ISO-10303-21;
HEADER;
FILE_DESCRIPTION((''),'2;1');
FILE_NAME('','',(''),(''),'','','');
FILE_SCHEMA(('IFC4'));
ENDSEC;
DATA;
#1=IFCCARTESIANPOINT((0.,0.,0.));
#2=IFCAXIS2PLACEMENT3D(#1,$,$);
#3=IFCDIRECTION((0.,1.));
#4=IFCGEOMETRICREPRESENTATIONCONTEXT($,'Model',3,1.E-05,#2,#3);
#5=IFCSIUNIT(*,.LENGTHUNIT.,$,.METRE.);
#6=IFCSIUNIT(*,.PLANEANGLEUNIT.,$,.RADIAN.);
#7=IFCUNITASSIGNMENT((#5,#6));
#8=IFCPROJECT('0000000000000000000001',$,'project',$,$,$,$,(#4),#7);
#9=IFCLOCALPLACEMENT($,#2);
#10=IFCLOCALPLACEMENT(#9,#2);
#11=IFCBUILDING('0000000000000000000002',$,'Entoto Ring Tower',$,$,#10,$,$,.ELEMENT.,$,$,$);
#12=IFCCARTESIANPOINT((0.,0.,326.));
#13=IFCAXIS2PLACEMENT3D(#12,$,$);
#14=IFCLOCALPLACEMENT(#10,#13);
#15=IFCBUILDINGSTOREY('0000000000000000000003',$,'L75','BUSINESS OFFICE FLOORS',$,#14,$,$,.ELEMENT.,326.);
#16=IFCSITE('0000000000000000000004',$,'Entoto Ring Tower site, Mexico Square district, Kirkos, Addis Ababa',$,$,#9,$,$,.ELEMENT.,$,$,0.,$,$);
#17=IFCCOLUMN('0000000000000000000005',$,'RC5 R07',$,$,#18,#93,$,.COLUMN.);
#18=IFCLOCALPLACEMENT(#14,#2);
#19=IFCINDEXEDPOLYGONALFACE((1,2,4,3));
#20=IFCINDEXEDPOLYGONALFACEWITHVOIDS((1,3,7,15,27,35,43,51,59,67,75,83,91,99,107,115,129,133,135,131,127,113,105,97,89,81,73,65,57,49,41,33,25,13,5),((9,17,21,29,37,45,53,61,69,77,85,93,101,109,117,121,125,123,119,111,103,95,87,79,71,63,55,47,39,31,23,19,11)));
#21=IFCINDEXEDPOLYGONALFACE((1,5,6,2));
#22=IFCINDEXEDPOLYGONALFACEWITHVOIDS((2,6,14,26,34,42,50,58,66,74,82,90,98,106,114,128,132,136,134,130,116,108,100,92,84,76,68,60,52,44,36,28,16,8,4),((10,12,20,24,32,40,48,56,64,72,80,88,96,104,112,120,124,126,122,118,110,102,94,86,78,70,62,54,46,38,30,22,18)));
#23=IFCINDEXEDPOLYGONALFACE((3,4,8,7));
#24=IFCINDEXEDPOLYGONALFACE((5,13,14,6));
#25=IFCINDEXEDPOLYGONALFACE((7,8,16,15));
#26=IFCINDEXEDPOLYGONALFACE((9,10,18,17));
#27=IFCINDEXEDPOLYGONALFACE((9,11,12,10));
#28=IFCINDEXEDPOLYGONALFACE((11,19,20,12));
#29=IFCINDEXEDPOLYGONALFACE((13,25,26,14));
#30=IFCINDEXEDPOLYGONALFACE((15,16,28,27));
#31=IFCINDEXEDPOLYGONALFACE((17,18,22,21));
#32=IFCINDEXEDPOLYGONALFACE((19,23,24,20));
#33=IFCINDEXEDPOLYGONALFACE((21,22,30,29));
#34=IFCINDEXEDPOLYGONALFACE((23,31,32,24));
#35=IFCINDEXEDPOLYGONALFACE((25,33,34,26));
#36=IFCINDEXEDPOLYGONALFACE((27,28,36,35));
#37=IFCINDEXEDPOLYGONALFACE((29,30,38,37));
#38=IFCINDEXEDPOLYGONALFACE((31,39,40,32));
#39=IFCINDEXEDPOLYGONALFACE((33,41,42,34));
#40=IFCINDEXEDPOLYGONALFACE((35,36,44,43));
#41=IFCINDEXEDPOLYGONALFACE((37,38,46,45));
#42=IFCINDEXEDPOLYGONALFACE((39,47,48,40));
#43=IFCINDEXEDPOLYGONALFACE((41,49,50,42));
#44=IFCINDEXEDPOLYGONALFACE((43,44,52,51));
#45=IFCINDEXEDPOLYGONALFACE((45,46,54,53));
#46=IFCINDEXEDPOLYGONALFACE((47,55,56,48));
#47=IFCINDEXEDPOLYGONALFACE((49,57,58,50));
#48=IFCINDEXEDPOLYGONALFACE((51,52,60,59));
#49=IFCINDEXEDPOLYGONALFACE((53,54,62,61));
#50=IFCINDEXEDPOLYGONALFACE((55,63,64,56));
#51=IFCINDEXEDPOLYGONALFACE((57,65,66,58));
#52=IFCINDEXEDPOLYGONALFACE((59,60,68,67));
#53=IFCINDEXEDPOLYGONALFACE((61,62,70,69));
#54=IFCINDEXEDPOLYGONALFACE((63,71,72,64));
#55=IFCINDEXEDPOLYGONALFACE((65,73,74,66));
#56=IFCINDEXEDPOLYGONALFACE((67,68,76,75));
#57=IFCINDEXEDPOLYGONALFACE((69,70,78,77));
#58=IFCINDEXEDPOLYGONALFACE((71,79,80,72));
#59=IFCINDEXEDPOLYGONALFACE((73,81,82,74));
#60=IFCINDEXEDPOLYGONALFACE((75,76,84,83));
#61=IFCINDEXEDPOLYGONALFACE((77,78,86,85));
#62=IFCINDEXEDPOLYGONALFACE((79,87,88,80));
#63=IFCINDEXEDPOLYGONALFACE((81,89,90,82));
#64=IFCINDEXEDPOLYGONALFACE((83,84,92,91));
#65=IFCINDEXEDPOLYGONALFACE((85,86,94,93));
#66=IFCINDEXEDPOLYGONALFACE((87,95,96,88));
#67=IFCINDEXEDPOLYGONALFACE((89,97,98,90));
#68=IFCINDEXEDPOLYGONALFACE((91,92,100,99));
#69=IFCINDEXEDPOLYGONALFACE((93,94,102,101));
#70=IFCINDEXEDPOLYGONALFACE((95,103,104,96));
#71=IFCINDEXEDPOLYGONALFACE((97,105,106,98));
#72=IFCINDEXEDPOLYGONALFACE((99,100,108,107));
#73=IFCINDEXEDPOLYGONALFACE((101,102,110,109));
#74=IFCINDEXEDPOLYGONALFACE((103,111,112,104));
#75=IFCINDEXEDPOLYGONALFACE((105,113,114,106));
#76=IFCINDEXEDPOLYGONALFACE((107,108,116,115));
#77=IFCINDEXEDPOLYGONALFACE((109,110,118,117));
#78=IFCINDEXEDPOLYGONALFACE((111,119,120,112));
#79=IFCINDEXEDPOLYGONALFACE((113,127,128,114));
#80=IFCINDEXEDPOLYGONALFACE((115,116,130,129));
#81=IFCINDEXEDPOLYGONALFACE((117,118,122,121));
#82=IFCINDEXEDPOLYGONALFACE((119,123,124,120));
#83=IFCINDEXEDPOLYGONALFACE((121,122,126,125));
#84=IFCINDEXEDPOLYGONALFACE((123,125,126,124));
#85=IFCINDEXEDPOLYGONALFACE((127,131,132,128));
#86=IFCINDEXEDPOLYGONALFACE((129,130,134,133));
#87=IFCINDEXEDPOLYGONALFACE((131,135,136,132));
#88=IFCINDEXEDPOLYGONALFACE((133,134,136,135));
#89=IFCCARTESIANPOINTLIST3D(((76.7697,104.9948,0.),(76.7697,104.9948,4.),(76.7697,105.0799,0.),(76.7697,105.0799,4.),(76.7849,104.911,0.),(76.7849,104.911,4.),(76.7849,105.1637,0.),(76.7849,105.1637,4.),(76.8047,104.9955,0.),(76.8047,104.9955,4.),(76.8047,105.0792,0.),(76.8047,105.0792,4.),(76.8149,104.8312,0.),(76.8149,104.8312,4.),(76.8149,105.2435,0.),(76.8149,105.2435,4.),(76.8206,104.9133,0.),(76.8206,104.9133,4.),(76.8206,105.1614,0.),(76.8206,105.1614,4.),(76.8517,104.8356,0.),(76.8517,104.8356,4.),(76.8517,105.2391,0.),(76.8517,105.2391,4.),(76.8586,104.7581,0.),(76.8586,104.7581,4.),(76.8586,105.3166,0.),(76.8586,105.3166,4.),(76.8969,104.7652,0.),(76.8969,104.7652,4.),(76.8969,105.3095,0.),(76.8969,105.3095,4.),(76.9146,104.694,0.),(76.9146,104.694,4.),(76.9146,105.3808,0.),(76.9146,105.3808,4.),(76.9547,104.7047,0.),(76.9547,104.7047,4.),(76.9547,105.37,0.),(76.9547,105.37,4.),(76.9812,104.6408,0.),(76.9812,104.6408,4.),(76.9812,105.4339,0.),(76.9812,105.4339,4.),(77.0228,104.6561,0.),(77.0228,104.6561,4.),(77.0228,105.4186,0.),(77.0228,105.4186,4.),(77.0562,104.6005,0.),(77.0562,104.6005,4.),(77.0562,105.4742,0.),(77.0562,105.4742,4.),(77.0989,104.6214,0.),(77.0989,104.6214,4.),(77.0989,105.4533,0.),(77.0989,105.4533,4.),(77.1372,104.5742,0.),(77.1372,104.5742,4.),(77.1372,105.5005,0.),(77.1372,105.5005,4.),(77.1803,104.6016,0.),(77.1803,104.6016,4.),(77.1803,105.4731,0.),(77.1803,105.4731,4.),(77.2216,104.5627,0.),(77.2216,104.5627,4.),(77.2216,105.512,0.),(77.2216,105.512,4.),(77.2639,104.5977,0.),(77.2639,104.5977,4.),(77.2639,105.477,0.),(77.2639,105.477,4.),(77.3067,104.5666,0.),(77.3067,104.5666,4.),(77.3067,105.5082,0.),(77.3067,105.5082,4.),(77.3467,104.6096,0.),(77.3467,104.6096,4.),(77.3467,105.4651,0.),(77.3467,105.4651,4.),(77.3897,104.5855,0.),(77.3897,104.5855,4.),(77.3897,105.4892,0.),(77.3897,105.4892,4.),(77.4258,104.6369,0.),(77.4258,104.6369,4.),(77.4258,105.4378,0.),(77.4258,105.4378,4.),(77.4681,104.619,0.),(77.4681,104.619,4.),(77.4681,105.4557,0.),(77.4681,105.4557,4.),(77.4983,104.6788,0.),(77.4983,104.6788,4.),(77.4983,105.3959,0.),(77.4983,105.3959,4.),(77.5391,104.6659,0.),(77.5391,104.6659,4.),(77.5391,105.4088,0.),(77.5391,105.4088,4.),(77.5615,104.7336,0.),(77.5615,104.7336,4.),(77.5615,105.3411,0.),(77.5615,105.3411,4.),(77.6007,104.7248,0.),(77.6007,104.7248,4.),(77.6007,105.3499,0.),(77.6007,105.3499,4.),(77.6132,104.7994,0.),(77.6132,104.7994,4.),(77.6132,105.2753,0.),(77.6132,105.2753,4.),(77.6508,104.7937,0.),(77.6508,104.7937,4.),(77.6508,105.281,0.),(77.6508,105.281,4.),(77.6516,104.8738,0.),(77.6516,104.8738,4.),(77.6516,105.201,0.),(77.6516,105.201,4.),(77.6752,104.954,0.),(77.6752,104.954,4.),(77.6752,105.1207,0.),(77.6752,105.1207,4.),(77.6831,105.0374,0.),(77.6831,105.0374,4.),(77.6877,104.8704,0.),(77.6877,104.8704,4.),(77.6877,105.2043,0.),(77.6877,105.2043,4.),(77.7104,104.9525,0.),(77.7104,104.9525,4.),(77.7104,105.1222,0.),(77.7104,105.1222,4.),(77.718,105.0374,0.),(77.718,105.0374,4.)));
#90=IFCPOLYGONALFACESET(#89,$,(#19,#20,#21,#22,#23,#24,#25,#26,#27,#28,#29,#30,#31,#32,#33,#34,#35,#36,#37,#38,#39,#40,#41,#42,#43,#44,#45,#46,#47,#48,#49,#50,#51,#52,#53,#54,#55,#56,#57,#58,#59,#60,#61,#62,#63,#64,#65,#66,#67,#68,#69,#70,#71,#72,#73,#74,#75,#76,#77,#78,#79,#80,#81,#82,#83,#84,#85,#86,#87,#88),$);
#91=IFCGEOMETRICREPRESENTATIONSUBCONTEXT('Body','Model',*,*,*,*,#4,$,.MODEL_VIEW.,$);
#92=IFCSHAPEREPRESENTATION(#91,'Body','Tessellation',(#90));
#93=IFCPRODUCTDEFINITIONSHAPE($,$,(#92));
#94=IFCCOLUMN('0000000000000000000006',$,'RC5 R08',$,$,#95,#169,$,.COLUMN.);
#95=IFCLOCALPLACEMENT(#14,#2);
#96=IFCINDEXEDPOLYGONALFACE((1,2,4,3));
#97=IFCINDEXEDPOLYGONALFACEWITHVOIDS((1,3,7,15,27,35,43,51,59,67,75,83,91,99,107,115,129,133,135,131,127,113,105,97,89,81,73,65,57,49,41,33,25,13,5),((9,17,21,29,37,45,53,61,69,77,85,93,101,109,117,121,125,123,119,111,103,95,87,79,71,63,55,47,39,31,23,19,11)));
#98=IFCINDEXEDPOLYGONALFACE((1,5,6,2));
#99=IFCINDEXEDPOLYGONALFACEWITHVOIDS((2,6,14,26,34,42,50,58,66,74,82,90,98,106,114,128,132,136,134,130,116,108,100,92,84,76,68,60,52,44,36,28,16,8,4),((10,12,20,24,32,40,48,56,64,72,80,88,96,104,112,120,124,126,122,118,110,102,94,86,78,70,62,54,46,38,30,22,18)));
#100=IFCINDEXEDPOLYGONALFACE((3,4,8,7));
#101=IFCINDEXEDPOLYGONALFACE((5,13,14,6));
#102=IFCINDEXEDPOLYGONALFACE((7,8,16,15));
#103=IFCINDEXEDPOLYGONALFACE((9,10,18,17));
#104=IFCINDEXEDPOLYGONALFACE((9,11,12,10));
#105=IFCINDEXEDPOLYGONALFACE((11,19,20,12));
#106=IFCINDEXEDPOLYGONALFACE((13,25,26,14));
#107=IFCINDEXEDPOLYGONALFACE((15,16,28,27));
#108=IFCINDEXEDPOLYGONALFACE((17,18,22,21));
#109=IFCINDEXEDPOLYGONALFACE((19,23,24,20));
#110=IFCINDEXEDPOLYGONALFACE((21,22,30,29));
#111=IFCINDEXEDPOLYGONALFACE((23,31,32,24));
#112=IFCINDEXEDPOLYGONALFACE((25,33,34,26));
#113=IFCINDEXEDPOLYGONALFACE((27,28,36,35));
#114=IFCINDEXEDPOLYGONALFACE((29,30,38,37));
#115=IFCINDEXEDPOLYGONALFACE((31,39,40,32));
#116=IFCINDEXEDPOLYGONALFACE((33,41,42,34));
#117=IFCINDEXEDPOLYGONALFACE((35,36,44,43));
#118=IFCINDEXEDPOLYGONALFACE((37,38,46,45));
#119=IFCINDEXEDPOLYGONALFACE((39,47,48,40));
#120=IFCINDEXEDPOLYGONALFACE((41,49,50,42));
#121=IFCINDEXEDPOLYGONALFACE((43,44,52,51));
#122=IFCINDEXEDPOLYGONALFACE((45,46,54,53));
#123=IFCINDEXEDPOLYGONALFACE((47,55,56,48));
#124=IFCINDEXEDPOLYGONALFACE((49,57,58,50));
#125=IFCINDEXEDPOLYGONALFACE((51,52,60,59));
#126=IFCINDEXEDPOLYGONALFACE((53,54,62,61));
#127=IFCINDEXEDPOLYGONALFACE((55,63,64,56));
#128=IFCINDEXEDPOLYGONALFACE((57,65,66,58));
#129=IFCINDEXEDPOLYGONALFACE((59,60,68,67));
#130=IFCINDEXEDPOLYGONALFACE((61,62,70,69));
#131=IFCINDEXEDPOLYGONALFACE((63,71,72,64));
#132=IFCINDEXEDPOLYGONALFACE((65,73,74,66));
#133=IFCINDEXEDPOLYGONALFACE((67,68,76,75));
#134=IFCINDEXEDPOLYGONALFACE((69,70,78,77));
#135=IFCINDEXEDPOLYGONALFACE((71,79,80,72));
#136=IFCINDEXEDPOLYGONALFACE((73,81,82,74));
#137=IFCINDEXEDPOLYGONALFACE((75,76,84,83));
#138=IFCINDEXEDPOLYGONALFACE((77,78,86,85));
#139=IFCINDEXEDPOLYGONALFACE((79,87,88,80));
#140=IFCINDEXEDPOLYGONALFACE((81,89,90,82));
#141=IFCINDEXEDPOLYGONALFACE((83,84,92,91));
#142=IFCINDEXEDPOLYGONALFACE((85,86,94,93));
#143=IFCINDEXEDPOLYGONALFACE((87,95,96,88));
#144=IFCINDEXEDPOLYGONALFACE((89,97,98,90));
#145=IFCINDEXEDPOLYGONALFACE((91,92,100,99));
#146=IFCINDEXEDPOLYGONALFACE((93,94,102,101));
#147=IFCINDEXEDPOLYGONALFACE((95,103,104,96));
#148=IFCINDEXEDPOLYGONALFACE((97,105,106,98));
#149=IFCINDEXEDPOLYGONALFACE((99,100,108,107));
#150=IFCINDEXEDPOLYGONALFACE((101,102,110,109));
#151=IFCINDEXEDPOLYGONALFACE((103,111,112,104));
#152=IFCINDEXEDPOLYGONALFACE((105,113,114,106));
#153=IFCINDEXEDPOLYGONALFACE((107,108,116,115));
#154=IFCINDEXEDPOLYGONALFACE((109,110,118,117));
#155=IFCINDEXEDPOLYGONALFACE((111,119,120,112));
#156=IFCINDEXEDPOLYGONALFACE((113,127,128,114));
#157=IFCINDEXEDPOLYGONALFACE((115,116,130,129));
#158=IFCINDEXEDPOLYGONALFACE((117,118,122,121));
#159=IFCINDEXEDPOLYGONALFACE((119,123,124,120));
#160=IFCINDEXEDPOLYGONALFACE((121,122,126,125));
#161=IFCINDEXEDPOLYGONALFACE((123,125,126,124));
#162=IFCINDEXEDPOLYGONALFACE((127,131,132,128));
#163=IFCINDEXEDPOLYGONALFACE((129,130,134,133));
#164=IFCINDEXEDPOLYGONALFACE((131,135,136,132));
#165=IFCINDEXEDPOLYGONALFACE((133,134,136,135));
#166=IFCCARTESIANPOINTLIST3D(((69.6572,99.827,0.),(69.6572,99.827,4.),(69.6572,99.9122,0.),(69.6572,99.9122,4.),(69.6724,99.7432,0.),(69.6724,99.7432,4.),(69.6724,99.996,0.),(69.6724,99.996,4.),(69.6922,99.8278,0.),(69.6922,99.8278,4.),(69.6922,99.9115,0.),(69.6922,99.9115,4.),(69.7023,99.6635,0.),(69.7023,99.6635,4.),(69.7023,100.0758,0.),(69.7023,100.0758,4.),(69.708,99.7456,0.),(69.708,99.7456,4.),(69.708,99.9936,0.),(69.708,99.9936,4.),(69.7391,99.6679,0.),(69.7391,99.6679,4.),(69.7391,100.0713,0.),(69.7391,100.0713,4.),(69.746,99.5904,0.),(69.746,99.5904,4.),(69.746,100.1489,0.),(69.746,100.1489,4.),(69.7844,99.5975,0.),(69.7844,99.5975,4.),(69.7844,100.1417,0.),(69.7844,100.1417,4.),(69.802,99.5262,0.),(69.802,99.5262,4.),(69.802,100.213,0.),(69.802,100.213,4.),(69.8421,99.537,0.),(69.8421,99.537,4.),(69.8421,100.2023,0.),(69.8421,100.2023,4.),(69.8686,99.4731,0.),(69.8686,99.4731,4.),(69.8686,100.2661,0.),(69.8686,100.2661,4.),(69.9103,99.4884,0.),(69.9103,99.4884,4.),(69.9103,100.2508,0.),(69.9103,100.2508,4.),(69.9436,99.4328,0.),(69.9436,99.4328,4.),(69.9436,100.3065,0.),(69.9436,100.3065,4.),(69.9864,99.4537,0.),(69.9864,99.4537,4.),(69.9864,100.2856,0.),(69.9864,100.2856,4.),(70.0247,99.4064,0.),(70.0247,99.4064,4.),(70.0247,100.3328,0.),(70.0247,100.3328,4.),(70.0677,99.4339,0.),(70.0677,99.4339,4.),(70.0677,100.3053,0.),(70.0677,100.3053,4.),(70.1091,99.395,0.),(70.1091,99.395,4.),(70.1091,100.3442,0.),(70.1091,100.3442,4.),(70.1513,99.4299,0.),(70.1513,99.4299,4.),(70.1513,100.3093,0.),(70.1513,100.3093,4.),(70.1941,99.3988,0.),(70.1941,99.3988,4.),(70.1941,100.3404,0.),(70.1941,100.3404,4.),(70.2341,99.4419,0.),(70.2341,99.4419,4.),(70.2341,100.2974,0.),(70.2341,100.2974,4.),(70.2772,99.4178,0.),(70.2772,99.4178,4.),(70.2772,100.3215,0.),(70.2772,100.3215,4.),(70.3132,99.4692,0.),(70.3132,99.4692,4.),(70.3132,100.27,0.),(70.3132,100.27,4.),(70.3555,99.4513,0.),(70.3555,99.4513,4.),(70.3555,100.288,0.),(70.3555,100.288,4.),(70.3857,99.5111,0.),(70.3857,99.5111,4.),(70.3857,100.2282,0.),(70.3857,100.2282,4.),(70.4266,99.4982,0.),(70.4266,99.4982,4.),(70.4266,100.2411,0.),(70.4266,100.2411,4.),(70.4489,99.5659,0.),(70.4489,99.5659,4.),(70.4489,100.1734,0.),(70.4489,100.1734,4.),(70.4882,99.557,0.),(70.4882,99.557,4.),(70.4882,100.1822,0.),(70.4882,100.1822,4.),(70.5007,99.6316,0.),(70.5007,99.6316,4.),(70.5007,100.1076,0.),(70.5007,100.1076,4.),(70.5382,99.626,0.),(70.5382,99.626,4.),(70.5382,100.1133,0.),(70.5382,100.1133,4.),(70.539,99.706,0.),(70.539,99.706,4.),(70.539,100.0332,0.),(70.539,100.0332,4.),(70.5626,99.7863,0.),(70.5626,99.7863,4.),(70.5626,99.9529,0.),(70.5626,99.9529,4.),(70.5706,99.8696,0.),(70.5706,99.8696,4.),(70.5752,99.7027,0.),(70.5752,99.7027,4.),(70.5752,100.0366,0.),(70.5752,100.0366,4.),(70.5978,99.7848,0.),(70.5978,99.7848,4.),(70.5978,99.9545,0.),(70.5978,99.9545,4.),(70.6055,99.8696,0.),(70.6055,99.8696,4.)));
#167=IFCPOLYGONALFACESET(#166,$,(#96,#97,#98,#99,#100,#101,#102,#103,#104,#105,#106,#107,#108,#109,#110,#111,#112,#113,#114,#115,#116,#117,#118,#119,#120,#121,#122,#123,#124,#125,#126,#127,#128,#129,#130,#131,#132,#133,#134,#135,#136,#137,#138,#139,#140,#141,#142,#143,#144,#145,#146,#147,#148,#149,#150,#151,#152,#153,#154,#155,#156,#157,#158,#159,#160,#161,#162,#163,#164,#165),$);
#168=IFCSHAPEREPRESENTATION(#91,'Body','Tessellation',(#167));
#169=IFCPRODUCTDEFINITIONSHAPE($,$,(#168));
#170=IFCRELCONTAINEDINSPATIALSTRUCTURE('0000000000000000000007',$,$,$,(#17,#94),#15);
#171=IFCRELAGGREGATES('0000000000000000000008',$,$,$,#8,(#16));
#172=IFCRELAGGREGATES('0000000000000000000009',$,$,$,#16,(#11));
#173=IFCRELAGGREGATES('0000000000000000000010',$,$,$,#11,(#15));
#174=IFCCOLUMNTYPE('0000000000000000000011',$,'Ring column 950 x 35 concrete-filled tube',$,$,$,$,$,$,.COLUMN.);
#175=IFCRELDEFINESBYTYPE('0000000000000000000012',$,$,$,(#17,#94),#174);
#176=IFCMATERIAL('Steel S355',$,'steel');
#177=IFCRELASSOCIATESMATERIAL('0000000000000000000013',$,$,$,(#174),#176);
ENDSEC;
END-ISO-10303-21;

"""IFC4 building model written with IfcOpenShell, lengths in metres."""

from ifc_helpers import new_model, si_unit, direction, frame, origin, origin_2d, place, context, subcontext, project, spatial, circle, hollow_circle, extrude, material, material_profile, profile_set, type_object, element, save


model = new_model("IFC4")

# Units and contexts
model_context = context("Model", 3, precision=1e-05, world=origin(), true_north=direction((0.0, 1.0)))
body_context = subcontext(model_context, "Body", "Model", "MODEL_VIEW")
ifc_project = project(units=[si_unit("LENGTHUNIT", "METRE"), si_unit("PLANEANGLEUNIT", "RADIAN")], contexts=[model_context])

# Site, building, storey
site_placement = place(None, origin())
site = spatial("IfcSite", under=ifc_project, at=site_placement, Name="Entoto Ring Tower site, Mexico Square district, Kirkos, Addis Ababa", CompositionType="ELEMENT", RefElevation=0.0)
building_placement = place(site_placement, origin())
building = spatial("IfcBuilding", under=site, at=building_placement, Name="Entoto Ring Tower", CompositionType="ELEMENT")
storey_placement = place(building_placement, frame((0.0, 0.0, 326.0)))
storey = spatial("IfcBuildingStorey", under=building, at=storey_placement, Name="L75", Description="BUSINESS OFFICE FLOORS", CompositionType="ELEMENT", Elevation=326.0)

# Columns
ifc_material_1 = material(Name="Steel S355", Category="steel")
ifc_material_profile_1 = material_profile(ifc_material_1, hollow_circle(Radius=0.4751, WallThickness=0.0349, at=origin_2d()), Name="CHS 950 x 35")
ifc_material_2 = material(Name="Concrete C60/75", Category="concrete")
ifc_material_profile_2 = material_profile(ifc_material_2, circle(Radius=0.4399, at=origin_2d()), Name="Concrete C60/75 infill")
ifc_profile_set_1 = profile_set([ifc_material_profile_1, ifc_material_profile_2], Name="Steel S355")
column_type = type_object("IfcColumnType", Name="Ring column 950 x 35 concrete-filled tube", PredefinedType="COLUMN", material=ifc_profile_set_1)
for number, where, z_axis, x_axis, name in (
    (1, (77.2429, 105.0374, 0.0), (0.0, 0.0, 1.0), (1.0, 0.0, 0.0), "RC5 R07"),
    (2, (70.1304, 99.8696, 0.0), (0.0, 0.0, 1.0), (1.0, 0.0, 0.0), "RC5 R08"),
):
    element("IfcColumn", number, at=place(storey_placement, frame(where, z_axis=z_axis, x_axis=x_axis)), inside=storey, type_object=column_type, Name=name, PredefinedType="COLUMN", context=body_context, shape_type="SweptSolid", body=[
        extrude(hollow_circle(Radius=0.4751, WallThickness=0.0349, at=origin_2d()), origin(), (0.0, 0.0, 1.0), 4.0),
    ])

save(model, "model.ifc")
